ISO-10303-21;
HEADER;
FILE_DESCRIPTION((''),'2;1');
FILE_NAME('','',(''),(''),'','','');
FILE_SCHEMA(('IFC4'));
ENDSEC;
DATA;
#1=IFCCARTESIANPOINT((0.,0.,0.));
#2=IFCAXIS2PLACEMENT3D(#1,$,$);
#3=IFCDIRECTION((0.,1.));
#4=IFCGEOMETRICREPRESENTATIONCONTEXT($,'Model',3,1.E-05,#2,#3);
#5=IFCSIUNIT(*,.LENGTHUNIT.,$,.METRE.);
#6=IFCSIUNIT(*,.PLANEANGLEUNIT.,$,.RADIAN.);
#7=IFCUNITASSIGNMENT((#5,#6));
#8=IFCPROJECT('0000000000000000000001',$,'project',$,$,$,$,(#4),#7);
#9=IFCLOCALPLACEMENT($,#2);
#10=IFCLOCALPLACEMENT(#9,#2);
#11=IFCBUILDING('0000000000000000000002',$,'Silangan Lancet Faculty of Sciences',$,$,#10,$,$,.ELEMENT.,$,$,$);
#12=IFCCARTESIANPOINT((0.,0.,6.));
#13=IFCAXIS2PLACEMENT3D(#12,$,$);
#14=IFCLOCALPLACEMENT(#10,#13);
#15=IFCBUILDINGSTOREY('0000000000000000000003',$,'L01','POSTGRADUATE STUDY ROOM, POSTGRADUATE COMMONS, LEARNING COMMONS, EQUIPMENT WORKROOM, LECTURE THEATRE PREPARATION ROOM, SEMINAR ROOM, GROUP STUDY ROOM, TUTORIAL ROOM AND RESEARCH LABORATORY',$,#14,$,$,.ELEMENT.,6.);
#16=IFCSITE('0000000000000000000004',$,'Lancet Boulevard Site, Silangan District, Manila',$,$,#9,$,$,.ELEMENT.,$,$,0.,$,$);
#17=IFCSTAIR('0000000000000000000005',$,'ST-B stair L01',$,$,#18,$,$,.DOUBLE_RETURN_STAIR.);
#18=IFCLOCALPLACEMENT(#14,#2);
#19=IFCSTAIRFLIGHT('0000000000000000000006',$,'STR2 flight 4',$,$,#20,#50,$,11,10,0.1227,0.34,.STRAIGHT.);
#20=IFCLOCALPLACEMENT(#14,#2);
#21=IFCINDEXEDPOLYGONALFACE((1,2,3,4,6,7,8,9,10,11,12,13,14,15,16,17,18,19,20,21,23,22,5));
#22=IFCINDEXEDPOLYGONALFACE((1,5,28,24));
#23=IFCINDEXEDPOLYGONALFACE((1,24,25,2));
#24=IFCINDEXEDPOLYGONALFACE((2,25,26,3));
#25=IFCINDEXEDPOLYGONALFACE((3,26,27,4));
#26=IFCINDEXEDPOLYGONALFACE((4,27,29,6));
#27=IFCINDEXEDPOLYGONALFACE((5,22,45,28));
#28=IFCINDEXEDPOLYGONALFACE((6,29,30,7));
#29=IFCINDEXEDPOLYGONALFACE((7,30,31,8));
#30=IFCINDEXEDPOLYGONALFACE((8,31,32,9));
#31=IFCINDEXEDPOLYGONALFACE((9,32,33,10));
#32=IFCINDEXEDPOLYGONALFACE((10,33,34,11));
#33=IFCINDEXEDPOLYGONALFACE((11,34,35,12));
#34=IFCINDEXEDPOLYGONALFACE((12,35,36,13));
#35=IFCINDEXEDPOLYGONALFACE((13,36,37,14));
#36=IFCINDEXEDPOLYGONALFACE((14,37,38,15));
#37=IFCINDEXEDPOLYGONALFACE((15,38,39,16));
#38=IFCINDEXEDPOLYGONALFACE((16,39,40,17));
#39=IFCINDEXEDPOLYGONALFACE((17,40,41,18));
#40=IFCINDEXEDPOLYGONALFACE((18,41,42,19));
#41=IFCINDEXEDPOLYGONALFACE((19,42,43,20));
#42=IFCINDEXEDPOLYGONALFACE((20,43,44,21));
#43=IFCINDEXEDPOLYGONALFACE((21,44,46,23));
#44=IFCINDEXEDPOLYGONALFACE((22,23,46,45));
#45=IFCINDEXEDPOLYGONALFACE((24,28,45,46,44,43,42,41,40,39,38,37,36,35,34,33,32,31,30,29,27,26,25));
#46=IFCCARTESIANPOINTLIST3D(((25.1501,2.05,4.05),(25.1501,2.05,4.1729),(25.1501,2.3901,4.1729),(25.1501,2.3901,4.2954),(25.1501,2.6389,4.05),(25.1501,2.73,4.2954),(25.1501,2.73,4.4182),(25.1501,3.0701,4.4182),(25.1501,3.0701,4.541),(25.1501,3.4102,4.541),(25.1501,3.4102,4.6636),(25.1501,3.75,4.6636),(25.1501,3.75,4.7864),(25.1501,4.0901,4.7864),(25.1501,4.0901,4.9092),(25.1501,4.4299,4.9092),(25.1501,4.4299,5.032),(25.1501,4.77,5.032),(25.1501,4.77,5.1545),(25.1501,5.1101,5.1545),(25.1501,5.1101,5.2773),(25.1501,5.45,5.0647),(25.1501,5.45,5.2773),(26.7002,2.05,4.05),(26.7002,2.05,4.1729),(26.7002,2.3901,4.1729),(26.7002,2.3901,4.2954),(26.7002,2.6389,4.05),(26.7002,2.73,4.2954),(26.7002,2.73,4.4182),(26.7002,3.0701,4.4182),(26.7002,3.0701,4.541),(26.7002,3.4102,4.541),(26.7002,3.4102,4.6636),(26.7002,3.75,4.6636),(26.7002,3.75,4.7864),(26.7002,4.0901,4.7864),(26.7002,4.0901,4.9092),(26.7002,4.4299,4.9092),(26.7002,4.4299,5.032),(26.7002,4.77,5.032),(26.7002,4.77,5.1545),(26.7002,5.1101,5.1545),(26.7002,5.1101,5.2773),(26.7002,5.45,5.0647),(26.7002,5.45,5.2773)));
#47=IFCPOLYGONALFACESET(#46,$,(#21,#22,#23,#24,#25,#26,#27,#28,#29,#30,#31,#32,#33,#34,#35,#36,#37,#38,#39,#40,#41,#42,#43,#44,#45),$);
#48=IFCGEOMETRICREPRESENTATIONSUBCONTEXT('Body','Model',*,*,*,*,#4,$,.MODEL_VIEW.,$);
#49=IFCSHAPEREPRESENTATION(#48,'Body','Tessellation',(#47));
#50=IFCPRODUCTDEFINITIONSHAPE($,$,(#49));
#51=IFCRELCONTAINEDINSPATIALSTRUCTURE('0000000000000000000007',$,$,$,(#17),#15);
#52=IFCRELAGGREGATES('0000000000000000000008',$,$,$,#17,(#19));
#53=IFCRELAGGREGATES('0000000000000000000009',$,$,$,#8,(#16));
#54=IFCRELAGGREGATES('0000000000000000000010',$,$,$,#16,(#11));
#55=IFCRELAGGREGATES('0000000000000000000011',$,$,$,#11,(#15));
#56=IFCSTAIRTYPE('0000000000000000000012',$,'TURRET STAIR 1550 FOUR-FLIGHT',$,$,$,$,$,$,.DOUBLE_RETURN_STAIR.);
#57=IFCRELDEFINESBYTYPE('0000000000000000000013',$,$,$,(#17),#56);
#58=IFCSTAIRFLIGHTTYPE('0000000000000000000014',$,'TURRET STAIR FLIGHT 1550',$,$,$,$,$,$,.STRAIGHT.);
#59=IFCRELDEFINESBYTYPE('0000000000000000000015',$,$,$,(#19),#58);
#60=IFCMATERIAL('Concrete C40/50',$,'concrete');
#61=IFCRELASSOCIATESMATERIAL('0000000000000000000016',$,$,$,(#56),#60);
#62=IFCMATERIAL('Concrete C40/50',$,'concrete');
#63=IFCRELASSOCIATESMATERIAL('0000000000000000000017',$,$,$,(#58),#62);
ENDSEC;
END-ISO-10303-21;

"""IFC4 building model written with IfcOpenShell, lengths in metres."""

from ifc_helpers import new_model, si_unit, direction, frame, origin, place, context, subcontext, project, spatial, polyline, outline, extrude, material, type_object, element, aggregate, save


model = new_model("IFC4")

# Units and contexts
model_context = context("Model", 3, precision=1e-05, world=origin(), true_north=direction((0.0, 1.0)))
body_context = subcontext(model_context, "Body", "Model", "MODEL_VIEW")
ifc_project = project(units=[si_unit("LENGTHUNIT", "METRE"), si_unit("PLANEANGLEUNIT", "RADIAN")], contexts=[model_context])

# Site, building, storey
site_placement = place(None, origin())
site = spatial("IfcSite", under=ifc_project, at=site_placement, Name="Lancet Boulevard Site, Silangan District, Manila", CompositionType="ELEMENT", RefElevation=0.0)
building_placement = place(site_placement, origin())
building = spatial("IfcBuilding", under=site, at=building_placement, Name="Silangan Lancet Faculty of Sciences", CompositionType="ELEMENT")
storey_placement = place(building_placement, frame((0.0, 0.0, 6.0)))
storey = spatial("IfcBuildingStorey", under=building, at=storey_placement, Name="L01", Description="POSTGRADUATE STUDY ROOM, POSTGRADUATE COMMONS, LEARNING COMMONS, EQUIPMENT WORKROOM, LECTURE THEATRE PREPARATION ROOM, SEMINAR ROOM, GROUP STUDY ROOM, TUTORIAL ROOM AND RESEARCH LABORATORY", CompositionType="ELEMENT", Elevation=6.0)

# Stair, stair flight
ifc_material_1 = material(Name="Concrete C40/50", Category="concrete")
stair_type = type_object("IfcStairType", Name="TURRET STAIR 1550 FOUR-FLIGHT", PredefinedType="DOUBLE_RETURN_STAIR", material=ifc_material_1)
stair_placement = place(storey_placement, origin())
stair = element("IfcStair", 1, at=stair_placement, inside=storey, type_object=stair_type, Name="ST-B stair L01", PredefinedType="DOUBLE_RETURN_STAIR")
ifc_material_2 = material(Name="Concrete C40/50", Category="concrete")
stair_flight_type = type_object("IfcStairFlightType", Name="TURRET STAIR FLIGHT 1550", PredefinedType="STRAIGHT", material=ifc_material_2)
stair_flight_1_placement = place(storey_placement, frame((25.925, 2.05, 4.05), z_axis=(0.0, 0.0, 1.0), x_axis=(0.0, 1.0, 0.0)))
stair_flight_1 = element("IfcStairFlight", 2, at=stair_flight_1_placement, type_object=stair_flight_type, Name="STR2 flight 4", NumberOfRisers=11, NumberOfTreads=10, PredefinedType="STRAIGHT", RiserHeight=0.1227, TreadLength=0.34, context=body_context, shape_type="SweptSolid", body=[
    extrude(outline(polyline([(0.0, 0.0), (0.0, 0.1228), (0.3401, 0.1228), (0.3401, 0.2454), (0.6799, 0.2454), (0.6799, 0.3682), (1.02, 0.3682), (1.02, 0.491), (1.3601, 0.491), (1.3601, 0.6135), (1.7, 0.6135), (1.7, 0.7363), (2.04, 0.7363), (2.04, 0.8591), (2.3799, 0.8591), (2.3799, 0.9819), (2.72, 0.9819), (2.72, 1.1045), (3.0601, 1.1045), (3.0601, 1.2273), (3.3999, 1.2273), (3.3999, 1.3501), (3.3999, 1.0146), (0.5889, 0.0), (0.0, 0.0)])), frame((0.0, 0.7749, 0.0), z_axis=(0.0, -1.0, 0.0), x_axis=(1.0, 0.0, 0.0)), (0.0, 0.0, 1.0), 1.55),
])
aggregate(stair, [stair_flight_1])

save(model, "model.ifc")
